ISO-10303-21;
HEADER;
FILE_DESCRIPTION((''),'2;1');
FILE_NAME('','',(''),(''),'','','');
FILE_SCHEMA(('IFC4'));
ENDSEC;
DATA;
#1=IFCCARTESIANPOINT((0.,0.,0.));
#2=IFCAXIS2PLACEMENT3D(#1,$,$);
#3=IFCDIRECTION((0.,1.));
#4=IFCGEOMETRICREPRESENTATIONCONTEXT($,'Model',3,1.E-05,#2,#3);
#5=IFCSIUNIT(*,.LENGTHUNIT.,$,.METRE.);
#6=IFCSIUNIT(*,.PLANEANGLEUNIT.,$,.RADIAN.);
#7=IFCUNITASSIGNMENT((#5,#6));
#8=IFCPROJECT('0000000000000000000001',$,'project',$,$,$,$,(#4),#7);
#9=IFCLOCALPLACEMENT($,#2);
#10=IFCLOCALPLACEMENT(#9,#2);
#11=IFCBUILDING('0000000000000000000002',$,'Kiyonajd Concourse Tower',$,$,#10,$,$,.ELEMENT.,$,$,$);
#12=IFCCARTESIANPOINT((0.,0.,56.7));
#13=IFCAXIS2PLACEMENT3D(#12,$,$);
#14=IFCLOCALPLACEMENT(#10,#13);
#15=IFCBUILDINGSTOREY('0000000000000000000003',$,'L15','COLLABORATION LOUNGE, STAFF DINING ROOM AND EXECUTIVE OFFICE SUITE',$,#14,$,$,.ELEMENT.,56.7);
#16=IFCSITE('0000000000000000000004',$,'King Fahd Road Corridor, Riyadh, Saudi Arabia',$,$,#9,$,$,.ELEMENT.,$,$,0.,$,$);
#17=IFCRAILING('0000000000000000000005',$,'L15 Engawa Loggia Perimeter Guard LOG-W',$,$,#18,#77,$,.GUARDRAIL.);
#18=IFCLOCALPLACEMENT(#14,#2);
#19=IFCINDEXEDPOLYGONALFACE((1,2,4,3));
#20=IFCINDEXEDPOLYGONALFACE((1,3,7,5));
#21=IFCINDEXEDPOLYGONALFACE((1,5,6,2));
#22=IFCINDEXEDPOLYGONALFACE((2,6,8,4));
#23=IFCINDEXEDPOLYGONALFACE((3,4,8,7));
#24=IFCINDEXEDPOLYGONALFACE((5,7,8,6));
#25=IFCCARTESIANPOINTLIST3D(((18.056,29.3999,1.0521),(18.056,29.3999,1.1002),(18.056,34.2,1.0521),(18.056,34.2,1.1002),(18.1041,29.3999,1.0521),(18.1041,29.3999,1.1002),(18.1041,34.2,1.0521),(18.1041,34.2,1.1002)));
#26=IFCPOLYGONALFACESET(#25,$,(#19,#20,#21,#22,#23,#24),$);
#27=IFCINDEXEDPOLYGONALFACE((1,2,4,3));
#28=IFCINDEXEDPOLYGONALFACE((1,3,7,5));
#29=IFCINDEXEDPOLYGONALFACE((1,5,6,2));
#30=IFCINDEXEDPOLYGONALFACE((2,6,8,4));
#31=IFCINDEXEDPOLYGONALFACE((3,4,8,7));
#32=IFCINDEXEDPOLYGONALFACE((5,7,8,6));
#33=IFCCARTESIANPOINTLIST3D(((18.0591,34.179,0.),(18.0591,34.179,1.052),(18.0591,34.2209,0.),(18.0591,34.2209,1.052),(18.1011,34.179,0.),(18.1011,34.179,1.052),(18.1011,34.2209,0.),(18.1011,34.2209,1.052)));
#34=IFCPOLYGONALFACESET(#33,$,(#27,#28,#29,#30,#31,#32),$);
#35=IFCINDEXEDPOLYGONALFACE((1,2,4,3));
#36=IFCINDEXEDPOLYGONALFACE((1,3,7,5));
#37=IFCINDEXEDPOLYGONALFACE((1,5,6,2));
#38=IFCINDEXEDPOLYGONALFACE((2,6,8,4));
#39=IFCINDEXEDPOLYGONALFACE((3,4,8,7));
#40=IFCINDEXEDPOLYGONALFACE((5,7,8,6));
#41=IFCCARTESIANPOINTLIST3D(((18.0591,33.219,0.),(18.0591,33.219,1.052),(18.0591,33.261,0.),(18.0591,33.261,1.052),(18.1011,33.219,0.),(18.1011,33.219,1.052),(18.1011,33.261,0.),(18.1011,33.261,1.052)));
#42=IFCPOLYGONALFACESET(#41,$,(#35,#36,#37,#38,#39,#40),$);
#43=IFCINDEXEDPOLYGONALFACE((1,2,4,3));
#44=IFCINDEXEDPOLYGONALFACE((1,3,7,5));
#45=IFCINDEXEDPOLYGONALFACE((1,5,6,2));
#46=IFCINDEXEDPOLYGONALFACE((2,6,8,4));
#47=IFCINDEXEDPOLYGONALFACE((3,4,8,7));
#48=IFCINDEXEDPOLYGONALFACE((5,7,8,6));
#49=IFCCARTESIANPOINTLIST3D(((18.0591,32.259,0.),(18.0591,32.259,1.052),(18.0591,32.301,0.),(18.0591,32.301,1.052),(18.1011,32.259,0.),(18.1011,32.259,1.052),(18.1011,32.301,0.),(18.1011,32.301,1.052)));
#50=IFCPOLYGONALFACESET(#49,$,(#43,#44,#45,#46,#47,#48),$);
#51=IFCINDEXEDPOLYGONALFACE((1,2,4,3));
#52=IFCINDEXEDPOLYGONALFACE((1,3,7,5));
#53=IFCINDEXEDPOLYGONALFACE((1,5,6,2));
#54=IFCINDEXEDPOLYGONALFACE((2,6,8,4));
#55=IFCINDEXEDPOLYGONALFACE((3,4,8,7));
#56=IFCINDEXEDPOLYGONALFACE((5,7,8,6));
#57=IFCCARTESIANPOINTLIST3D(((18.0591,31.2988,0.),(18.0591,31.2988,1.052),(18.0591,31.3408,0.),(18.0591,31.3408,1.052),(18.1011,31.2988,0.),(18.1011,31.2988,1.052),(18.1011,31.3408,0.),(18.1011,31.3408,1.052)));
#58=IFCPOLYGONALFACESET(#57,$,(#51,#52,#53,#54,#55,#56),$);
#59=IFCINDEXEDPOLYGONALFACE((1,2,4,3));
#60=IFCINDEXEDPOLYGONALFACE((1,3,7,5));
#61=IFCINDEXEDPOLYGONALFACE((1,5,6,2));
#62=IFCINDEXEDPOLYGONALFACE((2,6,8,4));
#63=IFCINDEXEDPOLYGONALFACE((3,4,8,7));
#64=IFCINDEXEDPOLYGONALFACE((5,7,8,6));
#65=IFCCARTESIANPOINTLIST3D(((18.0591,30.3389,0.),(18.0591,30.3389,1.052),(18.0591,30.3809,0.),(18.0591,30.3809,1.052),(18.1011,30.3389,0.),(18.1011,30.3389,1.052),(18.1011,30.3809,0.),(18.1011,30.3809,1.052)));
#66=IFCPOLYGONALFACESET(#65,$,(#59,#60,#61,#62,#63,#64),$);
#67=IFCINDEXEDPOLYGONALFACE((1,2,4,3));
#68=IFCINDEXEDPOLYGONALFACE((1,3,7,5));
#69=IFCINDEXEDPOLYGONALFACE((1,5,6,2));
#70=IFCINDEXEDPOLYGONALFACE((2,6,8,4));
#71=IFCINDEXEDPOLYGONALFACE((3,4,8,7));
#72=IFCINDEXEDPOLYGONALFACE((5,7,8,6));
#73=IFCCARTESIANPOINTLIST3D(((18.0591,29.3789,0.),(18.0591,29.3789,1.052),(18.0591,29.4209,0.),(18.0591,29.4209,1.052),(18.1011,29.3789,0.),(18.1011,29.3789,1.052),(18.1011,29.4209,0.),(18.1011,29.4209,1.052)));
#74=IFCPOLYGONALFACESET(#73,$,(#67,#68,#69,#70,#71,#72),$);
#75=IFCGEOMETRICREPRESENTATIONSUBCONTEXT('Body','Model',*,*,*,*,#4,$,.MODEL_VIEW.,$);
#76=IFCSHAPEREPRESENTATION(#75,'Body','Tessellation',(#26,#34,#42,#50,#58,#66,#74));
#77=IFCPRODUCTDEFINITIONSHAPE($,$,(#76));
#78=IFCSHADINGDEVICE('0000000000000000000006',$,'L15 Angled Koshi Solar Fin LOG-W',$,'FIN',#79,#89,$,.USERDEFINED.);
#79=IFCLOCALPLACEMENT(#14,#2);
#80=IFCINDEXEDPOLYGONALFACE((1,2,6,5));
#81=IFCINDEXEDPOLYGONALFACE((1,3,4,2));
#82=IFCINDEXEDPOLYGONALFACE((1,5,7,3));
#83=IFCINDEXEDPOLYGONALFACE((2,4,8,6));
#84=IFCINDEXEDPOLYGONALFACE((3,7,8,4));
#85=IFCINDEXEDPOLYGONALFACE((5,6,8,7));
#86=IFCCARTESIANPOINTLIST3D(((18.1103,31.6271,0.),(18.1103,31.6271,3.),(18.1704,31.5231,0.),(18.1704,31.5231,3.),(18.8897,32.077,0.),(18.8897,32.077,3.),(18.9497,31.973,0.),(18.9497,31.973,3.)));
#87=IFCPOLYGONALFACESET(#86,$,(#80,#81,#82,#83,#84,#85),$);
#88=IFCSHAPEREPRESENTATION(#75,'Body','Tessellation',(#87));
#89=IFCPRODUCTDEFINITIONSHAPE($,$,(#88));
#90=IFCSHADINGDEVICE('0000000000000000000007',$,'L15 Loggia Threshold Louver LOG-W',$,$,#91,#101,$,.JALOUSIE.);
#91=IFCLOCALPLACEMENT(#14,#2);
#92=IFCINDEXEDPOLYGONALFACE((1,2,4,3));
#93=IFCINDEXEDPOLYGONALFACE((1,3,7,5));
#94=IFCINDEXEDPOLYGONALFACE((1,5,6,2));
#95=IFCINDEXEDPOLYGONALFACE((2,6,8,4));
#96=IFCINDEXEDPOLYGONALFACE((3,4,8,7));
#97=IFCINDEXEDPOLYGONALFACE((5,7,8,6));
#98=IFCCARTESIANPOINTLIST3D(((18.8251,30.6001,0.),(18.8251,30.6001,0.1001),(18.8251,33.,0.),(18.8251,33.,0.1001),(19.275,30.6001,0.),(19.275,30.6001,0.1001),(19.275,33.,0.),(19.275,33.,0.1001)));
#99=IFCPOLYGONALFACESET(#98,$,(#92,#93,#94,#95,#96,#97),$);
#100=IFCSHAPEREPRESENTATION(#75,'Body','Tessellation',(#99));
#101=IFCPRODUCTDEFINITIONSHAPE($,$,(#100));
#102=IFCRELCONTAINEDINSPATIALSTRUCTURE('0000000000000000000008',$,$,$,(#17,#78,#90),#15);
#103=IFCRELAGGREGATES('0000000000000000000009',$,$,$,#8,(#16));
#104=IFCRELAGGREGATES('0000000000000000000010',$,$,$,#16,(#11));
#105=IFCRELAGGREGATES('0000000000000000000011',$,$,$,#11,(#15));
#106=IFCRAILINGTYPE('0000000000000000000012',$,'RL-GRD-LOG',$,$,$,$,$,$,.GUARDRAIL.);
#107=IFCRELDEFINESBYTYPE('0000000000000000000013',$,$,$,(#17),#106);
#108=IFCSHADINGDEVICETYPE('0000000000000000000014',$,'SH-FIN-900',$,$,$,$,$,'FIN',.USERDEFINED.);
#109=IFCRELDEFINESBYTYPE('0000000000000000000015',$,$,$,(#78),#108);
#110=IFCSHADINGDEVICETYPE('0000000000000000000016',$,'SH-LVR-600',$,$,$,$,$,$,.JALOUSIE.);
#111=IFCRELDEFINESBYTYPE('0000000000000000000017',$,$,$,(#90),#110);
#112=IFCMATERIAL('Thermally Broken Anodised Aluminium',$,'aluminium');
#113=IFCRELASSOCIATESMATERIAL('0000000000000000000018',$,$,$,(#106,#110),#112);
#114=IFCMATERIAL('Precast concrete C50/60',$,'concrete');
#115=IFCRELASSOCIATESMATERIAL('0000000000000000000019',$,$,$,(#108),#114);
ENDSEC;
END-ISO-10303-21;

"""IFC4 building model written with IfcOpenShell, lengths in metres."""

from ifc_helpers import new_model, si_unit, direction, frame, origin, origin_2d, place, context, subcontext, project, spatial, rectangle, extrude, material, type_object, element, save


model = new_model("IFC4")

# Units and contexts
model_context = context("Model", 3, precision=1e-05, world=origin(), true_north=direction((0.0, 1.0)))
body_context = subcontext(model_context, "Body", "Model", "MODEL_VIEW")
ifc_project = project(units=[si_unit("LENGTHUNIT", "METRE"), si_unit("PLANEANGLEUNIT", "RADIAN")], contexts=[model_context])

# Site, building, storey
site_placement = place(None, origin())
site = spatial("IfcSite", under=ifc_project, at=site_placement, Name="King Fahd Road Corridor, Riyadh, Saudi Arabia", CompositionType="ELEMENT", RefElevation=0.0)
building_placement = place(site_placement, origin())
building = spatial("IfcBuilding", under=site, at=building_placement, Name="Kiyonajd Concourse Tower", CompositionType="ELEMENT")
storey_placement = place(building_placement, frame((0.0, 0.0, 56.7)))
storey = spatial("IfcBuildingStorey", under=building, at=storey_placement, Name="L15", Description="COLLABORATION LOUNGE, STAFF DINING ROOM AND EXECUTIVE OFFICE SUITE", CompositionType="ELEMENT", Elevation=56.7)

# Shared definitions
ifc_material_1 = material(Name="Precast concrete C50/60", Category="concrete")

# Shared definitions
ifc_material_2 = material(Name="Thermally Broken Anodised Aluminium", Category="aluminium")

# Railing
railing_type = type_object("IfcRailingType", Name="RL-GRD-LOG", PredefinedType="GUARDRAIL", material=ifc_material_2)
railing_placement = place(storey_placement, frame((18.0801, 34.2, 0.0)))
element("IfcRailing", 1, at=railing_placement, inside=storey, type_object=railing_type, Name="L15 Engawa Loggia Perimeter Guard LOG-W", PredefinedType="GUARDRAIL", context=body_context, shape_type="SweptSolid", body=[
    extrude(rectangle(XDim=0.0481, YDim=0.0481, at=origin_2d()), frame((0.0, 0.0, 1.0762), z_axis=(0.0, -1.0, 0.0), x_axis=(1.0, 0.0, 0.0)), (0.0, 0.0, 1.0), 4.8),
    extrude(rectangle(XDim=0.042, YDim=0.042, at=origin_2d()), origin(), (0.0, 0.0, 1.0), 1.052),
    extrude(rectangle(XDim=0.042, YDim=0.042, at=origin_2d()), frame((0.0, -0.96, 0.0)), (0.0, 0.0, 1.0), 1.052),
    extrude(rectangle(XDim=0.042, YDim=0.042, at=origin_2d()), frame((0.0, -1.9199, 0.0)), (0.0, 0.0, 1.0), 1.052),
    extrude(rectangle(XDim=0.042, YDim=0.042, at=origin_2d()), frame((0.0, -2.8801, 0.0)), (0.0, 0.0, 1.0), 1.052),
    extrude(rectangle(XDim=0.042, YDim=0.042, at=origin_2d()), frame((0.0, -3.8401, 0.0)), (0.0, 0.0, 1.0), 1.052),
    extrude(rectangle(XDim=0.042, YDim=0.042, at=origin_2d()), frame((0.0, -4.8, 0.0)), (0.0, 0.0, 1.0), 1.052),
])

# Shading devices
shading_device_type_1 = type_object("IfcShadingDeviceType", Name="SH-FIN-900", ElementType="FIN", PredefinedType="USERDEFINED", material=ifc_material_1)
shading_device_1_placement = place(storey_placement, frame((18.53, 31.8, 0.0), z_axis=(0.0, 0.0, 1.0), x_axis=(0.866025, 0.5, 0.0)))
element("IfcShadingDevice", 2, at=shading_device_1_placement, inside=storey, type_object=shading_device_type_1, Name="L15 Angled Koshi Solar Fin LOG-W", ObjectType="FIN", PredefinedType="USERDEFINED", context=body_context, shape_type="SweptSolid", body=[
    extrude(rectangle(XDim=0.8999, YDim=0.1201, at=origin_2d()), origin(), (0.0, 0.0, 1.0), 3.0),
])
shading_device_type_2 = type_object("IfcShadingDeviceType", Name="SH-LVR-600", PredefinedType="JALOUSIE", material=ifc_material_2)
shading_device_2_placement = place(storey_placement, frame((19.05, 31.8, 0.0), z_axis=(0.0, 0.0, 1.0), x_axis=(0.0, 1.0, 0.0)))
element("IfcShadingDevice", 3, at=shading_device_2_placement, inside=storey, type_object=shading_device_type_2, Name="L15 Loggia Threshold Louver LOG-W", PredefinedType="JALOUSIE", context=body_context, shape_type="SweptSolid", body=[
    extrude(rectangle(XDim=2.3999, YDim=0.45, at=origin_2d()), origin(), (0.0, 0.0, 1.0), 0.1001),
])

save(model, "model.ifc")
